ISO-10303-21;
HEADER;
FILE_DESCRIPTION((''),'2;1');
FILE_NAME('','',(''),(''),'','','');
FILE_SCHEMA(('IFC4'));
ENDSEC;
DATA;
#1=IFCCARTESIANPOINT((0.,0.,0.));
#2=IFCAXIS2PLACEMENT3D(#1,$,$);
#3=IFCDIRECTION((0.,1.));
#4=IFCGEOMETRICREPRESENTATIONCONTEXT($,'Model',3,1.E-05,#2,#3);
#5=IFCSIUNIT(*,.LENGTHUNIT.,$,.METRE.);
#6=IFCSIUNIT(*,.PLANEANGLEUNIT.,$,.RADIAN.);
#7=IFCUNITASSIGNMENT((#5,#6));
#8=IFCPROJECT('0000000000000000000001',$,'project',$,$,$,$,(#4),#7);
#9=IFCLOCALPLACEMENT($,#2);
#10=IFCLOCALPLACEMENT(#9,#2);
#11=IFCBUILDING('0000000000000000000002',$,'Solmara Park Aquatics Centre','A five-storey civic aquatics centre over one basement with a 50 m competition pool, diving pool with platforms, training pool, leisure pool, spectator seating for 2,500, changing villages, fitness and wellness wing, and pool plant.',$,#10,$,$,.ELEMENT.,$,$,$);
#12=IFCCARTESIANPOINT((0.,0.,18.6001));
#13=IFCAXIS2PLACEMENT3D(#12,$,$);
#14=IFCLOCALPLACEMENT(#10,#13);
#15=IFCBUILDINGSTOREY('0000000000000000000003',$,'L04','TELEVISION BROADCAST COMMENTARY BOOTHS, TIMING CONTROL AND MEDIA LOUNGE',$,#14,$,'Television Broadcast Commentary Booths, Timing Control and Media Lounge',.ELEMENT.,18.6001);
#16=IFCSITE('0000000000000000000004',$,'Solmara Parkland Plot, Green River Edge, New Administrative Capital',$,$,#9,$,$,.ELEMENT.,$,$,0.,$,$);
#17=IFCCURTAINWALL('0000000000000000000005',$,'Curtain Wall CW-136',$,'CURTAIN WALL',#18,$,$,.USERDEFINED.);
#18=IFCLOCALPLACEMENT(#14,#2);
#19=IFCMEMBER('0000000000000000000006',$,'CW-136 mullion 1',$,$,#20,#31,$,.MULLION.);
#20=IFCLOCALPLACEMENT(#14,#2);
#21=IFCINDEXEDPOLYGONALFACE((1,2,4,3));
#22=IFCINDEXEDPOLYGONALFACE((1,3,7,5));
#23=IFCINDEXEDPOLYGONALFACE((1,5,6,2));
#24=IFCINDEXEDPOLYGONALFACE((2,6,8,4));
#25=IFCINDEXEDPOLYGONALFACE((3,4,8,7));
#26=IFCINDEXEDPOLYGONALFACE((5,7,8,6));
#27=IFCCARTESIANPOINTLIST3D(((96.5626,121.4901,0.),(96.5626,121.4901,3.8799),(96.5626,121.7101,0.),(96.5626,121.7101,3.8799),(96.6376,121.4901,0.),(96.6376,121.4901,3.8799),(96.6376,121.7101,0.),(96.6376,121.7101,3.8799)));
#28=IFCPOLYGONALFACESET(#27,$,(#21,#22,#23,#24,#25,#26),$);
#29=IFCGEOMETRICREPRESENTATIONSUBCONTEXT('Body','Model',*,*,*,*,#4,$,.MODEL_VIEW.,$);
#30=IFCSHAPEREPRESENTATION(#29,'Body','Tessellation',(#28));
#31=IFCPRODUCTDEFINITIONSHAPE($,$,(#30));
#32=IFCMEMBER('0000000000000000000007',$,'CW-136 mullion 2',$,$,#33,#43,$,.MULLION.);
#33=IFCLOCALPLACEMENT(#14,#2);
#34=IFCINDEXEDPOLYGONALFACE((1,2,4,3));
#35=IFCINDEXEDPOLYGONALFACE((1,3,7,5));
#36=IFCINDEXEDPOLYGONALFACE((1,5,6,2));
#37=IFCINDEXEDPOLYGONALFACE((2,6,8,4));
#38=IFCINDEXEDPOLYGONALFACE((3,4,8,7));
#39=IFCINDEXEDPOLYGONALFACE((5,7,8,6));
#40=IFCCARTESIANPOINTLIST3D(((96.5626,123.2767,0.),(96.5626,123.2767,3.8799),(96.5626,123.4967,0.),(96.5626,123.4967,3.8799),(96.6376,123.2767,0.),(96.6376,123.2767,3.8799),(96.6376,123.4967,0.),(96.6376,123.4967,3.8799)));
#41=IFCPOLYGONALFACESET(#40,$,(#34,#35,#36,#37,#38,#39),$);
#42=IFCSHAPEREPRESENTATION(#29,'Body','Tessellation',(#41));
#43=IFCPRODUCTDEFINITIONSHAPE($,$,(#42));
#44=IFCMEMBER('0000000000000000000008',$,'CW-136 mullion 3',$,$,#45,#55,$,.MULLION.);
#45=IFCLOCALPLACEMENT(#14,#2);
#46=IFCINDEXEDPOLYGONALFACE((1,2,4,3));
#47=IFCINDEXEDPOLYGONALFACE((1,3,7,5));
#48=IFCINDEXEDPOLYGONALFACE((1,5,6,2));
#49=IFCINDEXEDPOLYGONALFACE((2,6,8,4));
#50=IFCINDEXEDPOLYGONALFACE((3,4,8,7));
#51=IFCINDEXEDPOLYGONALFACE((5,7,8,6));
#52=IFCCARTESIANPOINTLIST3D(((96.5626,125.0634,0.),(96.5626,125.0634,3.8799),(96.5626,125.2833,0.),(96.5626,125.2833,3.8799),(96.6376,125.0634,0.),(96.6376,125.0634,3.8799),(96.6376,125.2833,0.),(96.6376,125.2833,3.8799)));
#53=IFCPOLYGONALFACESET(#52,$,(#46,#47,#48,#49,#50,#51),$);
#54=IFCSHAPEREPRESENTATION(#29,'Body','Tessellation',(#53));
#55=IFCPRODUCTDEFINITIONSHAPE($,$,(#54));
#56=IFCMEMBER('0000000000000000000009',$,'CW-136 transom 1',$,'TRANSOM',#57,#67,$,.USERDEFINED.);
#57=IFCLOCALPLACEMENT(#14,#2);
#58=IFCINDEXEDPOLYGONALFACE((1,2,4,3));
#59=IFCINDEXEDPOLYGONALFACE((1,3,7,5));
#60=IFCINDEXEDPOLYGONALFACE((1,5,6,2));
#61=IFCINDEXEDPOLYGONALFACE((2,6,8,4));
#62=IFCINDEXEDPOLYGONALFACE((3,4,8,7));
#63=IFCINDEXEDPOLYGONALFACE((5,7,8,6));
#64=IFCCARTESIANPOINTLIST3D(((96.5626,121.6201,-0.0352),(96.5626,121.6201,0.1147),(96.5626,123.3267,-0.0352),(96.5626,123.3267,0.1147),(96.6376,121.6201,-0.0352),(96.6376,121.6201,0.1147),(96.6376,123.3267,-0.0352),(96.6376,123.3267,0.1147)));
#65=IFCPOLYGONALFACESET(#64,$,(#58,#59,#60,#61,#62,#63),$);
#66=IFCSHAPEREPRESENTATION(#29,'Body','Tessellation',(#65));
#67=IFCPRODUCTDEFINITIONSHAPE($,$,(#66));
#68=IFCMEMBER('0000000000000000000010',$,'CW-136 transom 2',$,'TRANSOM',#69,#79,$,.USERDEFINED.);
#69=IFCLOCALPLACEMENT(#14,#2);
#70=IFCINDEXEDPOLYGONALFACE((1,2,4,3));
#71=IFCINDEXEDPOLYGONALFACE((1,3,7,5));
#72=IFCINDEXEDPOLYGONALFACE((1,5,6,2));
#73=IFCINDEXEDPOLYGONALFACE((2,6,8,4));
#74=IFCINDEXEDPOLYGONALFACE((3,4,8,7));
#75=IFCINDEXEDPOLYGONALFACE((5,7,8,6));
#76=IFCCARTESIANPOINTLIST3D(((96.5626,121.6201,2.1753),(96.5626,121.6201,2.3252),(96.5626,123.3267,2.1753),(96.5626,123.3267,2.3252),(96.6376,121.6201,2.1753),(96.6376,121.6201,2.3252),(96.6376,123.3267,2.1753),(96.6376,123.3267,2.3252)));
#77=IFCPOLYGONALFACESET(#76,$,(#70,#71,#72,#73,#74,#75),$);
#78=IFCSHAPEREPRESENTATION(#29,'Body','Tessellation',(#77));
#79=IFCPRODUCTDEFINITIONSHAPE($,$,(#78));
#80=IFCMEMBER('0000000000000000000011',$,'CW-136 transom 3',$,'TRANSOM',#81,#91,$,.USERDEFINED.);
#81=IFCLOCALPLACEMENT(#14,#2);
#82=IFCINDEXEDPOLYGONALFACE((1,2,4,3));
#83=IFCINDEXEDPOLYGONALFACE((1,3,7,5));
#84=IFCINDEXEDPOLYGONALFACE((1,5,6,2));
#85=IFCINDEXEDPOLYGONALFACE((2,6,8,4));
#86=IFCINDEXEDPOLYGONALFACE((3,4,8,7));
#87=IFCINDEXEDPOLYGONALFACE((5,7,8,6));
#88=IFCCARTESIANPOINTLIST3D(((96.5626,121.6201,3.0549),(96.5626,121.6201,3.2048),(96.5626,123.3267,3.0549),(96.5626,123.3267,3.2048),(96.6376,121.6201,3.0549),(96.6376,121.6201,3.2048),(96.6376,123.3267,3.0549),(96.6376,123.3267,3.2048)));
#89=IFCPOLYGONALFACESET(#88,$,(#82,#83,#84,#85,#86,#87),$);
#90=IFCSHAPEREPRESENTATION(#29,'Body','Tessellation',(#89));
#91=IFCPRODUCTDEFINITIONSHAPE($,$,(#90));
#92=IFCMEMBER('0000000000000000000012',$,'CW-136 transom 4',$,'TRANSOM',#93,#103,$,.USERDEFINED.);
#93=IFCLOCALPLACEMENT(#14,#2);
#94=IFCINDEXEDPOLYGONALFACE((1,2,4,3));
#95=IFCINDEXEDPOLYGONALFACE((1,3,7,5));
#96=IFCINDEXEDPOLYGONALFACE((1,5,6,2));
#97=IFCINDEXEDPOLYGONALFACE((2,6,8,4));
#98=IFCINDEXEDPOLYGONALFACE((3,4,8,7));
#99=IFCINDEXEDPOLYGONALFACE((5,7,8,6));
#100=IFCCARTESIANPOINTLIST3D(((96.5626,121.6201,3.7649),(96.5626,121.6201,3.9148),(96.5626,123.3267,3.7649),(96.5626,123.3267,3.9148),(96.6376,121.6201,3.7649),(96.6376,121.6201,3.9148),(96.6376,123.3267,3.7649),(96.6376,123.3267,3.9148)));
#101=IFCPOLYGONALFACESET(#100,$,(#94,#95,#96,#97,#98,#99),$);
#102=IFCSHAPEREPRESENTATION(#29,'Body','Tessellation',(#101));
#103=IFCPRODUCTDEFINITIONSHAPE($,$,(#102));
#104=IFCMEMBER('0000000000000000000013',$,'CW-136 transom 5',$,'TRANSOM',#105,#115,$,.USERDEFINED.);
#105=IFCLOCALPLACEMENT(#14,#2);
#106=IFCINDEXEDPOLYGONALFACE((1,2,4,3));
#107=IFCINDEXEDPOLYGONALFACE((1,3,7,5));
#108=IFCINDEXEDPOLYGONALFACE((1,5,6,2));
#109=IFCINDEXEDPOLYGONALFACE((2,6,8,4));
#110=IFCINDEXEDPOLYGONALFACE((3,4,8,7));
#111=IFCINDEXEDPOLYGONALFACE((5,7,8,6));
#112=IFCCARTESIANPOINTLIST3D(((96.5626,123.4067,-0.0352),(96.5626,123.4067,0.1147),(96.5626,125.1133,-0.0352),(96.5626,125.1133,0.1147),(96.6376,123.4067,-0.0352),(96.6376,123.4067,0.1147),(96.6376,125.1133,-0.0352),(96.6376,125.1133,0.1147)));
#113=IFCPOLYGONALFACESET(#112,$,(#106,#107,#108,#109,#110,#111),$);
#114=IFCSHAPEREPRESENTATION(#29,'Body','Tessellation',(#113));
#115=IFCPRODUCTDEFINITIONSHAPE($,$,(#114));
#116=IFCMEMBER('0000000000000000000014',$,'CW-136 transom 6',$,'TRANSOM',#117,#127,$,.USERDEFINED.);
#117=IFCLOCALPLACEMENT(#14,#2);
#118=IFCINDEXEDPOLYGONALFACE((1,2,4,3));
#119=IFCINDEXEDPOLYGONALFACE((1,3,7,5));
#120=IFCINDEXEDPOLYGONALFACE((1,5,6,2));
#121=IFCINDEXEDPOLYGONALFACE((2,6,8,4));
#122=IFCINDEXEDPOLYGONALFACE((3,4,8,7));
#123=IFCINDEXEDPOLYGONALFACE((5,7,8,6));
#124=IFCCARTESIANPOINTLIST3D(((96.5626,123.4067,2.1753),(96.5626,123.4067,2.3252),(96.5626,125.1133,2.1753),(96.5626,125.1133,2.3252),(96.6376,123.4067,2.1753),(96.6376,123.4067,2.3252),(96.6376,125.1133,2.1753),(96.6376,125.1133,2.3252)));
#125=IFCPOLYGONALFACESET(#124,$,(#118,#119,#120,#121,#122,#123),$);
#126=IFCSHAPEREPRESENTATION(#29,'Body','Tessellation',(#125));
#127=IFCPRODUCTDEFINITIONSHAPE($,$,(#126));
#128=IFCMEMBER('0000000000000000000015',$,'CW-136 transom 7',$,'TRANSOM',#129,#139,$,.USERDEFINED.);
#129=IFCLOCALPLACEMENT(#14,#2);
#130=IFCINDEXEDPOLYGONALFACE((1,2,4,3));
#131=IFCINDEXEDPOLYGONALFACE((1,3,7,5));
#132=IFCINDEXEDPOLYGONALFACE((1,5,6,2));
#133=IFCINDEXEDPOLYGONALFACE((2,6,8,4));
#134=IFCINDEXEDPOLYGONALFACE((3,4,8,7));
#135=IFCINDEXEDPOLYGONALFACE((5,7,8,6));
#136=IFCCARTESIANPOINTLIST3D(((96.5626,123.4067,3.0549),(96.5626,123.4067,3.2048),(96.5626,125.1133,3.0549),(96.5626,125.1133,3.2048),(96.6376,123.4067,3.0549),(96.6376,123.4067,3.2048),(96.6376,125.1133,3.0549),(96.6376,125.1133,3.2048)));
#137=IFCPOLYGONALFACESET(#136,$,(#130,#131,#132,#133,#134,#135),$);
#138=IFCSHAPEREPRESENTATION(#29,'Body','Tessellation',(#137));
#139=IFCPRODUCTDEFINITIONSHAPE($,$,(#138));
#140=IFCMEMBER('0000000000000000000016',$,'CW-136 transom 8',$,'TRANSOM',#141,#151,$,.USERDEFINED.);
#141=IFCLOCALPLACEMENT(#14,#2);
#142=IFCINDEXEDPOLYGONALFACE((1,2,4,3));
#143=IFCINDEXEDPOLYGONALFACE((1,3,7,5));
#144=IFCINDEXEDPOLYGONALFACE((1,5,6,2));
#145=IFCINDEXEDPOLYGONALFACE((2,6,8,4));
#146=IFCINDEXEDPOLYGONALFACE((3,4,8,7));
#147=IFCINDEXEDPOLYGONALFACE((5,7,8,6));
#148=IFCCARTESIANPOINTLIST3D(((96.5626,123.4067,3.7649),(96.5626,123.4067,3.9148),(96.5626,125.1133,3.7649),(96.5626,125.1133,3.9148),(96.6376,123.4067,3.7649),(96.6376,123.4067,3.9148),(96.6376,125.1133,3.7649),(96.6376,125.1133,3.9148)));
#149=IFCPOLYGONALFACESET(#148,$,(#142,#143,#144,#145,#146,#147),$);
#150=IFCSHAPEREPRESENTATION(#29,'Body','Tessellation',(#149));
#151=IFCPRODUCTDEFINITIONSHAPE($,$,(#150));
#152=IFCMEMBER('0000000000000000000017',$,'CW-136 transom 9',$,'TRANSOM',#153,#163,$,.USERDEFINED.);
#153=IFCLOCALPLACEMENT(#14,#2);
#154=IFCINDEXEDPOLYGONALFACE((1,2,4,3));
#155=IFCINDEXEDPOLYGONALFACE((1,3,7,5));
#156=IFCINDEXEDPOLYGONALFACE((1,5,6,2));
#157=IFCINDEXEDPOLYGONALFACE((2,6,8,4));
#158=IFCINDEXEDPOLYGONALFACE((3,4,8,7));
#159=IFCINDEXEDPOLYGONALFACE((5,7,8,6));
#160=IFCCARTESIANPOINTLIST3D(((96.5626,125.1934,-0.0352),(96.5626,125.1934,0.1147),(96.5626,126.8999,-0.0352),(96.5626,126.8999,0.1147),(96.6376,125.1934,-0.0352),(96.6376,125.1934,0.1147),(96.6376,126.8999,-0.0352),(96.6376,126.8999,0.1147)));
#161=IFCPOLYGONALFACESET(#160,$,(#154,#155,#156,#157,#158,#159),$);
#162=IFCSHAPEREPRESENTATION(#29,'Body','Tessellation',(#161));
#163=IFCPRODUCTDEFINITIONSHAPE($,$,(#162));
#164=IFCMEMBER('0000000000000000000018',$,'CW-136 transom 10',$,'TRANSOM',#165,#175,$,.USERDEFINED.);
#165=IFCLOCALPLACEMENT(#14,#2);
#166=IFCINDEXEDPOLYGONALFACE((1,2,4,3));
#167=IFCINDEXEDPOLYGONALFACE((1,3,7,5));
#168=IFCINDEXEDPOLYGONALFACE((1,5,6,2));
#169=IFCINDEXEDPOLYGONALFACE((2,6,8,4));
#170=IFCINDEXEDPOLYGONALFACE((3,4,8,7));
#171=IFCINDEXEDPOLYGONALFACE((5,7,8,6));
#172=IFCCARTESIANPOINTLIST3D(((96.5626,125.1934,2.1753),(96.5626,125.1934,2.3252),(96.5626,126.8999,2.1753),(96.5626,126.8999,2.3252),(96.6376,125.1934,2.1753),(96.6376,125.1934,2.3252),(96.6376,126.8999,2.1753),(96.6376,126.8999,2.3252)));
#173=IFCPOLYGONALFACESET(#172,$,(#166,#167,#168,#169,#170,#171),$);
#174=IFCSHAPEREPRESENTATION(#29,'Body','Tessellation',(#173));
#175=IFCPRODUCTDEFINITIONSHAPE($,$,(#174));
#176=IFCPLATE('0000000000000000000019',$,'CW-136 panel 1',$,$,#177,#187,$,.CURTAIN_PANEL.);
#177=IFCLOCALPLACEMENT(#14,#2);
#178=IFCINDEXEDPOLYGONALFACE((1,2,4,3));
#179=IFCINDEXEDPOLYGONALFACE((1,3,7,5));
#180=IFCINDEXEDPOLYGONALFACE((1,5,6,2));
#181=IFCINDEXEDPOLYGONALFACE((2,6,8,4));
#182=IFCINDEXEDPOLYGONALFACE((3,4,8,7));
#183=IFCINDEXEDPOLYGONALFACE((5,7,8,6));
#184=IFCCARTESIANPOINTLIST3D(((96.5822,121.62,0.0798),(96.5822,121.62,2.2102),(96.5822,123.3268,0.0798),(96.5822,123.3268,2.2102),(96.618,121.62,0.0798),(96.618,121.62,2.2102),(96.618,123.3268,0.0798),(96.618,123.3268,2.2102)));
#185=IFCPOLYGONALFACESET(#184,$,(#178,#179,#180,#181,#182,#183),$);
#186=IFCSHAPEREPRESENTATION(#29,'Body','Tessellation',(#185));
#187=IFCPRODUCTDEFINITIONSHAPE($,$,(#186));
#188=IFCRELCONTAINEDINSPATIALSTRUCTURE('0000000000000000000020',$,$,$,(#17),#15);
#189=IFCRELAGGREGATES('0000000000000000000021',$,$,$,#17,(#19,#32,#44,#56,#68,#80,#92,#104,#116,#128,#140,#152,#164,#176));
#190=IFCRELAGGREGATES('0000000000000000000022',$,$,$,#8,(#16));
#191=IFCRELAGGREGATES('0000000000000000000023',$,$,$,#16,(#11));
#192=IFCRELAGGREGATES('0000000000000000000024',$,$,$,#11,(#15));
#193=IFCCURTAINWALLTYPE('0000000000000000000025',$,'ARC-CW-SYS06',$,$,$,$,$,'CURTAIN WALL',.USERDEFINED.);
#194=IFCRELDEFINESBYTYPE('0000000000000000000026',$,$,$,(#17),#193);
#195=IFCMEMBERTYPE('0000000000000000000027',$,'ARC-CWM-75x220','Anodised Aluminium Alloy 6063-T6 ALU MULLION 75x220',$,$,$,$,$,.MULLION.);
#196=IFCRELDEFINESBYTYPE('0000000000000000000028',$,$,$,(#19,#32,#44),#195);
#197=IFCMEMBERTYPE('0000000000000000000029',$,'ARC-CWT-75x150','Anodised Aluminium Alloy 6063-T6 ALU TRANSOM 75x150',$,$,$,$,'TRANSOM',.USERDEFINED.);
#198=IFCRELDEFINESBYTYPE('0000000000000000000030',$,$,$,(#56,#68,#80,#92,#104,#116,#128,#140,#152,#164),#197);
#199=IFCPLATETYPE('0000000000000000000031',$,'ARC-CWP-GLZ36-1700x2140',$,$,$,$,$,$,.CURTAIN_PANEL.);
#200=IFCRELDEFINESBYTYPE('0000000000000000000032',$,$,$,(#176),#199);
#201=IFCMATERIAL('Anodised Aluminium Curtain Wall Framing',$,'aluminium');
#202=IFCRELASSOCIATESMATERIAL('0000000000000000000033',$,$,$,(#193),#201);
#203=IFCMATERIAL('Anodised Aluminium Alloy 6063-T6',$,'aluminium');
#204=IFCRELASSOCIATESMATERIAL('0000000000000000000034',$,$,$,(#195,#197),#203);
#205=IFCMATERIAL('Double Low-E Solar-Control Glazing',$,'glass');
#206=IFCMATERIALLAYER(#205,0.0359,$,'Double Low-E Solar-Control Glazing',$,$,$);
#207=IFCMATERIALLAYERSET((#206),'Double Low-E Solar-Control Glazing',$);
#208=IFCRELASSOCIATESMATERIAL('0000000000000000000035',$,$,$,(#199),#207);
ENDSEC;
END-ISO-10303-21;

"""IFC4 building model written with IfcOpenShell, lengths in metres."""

from ifc_helpers import new_model, si_unit, direction, frame, origin, origin_2d, place, context, subcontext, project, spatial, rectangle, extrude, material, layer, layer_set, material_profile, profile_set, type_object, element, aggregate, save


model = new_model("IFC4")

# Units and contexts
model_context = context("Model", 3, precision=1e-05, world=origin(), true_north=direction((0.0, 1.0)))
body_context = subcontext(model_context, "Body", "Model", "MODEL_VIEW")
ifc_project = project(units=[si_unit("LENGTHUNIT", "METRE"), si_unit("PLANEANGLEUNIT", "RADIAN")], contexts=[model_context])

# Site, building, storey
site_placement = place(None, origin())
site = spatial("IfcSite", under=ifc_project, at=site_placement, Name="Solmara Parkland Plot, Green River Edge, New Administrative Capital", CompositionType="ELEMENT", RefElevation=0.0)
building_placement = place(site_placement, origin())
building = spatial("IfcBuilding", under=site, at=building_placement, Name="Solmara Park Aquatics Centre", Description="A five-storey civic aquatics centre over one basement with a 50 m competition pool, diving pool with platforms, training pool, leisure pool, spectator seating for 2,500, changing villages, fitness and wellness wing, and pool plant.", CompositionType="ELEMENT")
storey_placement = place(building_placement, frame((0.0, 0.0, 18.6001)))
storey = spatial("IfcBuildingStorey", under=building, at=storey_placement, Name="L04", Description="TELEVISION BROADCAST COMMENTARY BOOTHS, TIMING CONTROL AND MEDIA LOUNGE", LongName="Television Broadcast Commentary Booths, Timing Control and Media Lounge", CompositionType="ELEMENT", Elevation=18.6001)

# Curtain wall, members, plate
ifc_material_1 = material(Name="Anodised Aluminium Curtain Wall Framing", Category="aluminium")
curtain_wall_type = type_object("IfcCurtainWallType", Name="ARC-CW-SYS06", ElementType="CURTAIN WALL", PredefinedType="USERDEFINED", material=ifc_material_1)
curtain_wall_placement = place(storey_placement, origin())
curtain_wall = element("IfcCurtainWall", 1, at=curtain_wall_placement, inside=storey, type_object=curtain_wall_type, Name="Curtain Wall CW-136", ObjectType="CURTAIN WALL", PredefinedType="USERDEFINED")
ifc_material_2 = material(Name="Anodised Aluminium Alloy 6063-T6", Category="aluminium")
ifc_material_profile_1 = material_profile(ifc_material_2, rectangle(XDim=0.075, YDim=0.22, at=origin_2d()), Name="ALU MULLION 75x220")
ifc_profile_set_1 = profile_set([ifc_material_profile_1], Name="Anodised Aluminium Alloy 6063-T6")
member_type_1 = type_object("IfcMemberType", Name="ARC-CWM-75x220", Description="Anodised Aluminium Alloy 6063-T6 ALU MULLION 75x220", PredefinedType="MULLION", material=ifc_profile_set_1)
member_1_placement = place(storey_placement, frame((96.6001, 121.6001, 0.0), z_axis=(0.0, 0.0, 1.0), x_axis=(1.0, 0.0, 0.0)))
member_1 = element("IfcMember", 2, at=member_1_placement, type_object=member_type_1, Name="CW-136 mullion 1", PredefinedType="MULLION", context=body_context, shape_type="SweptSolid", body=[
    extrude(rectangle(XDim=0.075, YDim=0.22, at=origin_2d()), origin(), (0.0, 0.0, 1.0), 3.8799),
])
member_2_placement = place(storey_placement, frame((96.6001, 123.3867, 0.0), z_axis=(0.0, 0.0, 1.0), x_axis=(1.0, 0.0, 0.0)))
member_2 = element("IfcMember", 3, at=member_2_placement, type_object=member_type_1, Name="CW-136 mullion 2", PredefinedType="MULLION", context=body_context, shape_type="SweptSolid", body=[
    extrude(rectangle(XDim=0.075, YDim=0.22, at=origin_2d()), origin(), (0.0, 0.0, 1.0), 3.8799),
])
member_3_placement = place(storey_placement, frame((96.6001, 125.1733, 0.0), z_axis=(0.0, 0.0, 1.0), x_axis=(1.0, 0.0, 0.0)))
member_3 = element("IfcMember", 4, at=member_3_placement, type_object=member_type_1, Name="CW-136 mullion 3", PredefinedType="MULLION", context=body_context, shape_type="SweptSolid", body=[
    extrude(rectangle(XDim=0.075, YDim=0.22, at=origin_2d()), origin(), (0.0, 0.0, 1.0), 3.8799),
])
ifc_material_profile_2 = material_profile(ifc_material_2, rectangle(XDim=0.075, YDim=0.1499, at=origin_2d()), Name="ALU TRANSOM 75x150")
ifc_profile_set_2 = profile_set([ifc_material_profile_2], Name="Anodised Aluminium Alloy 6063-T6")
member_type_2 = type_object("IfcMemberType", Name="ARC-CWT-75x150", Description="Anodised Aluminium Alloy 6063-T6 ALU TRANSOM 75x150", ElementType="TRANSOM", PredefinedType="USERDEFINED", material=ifc_profile_set_2)
member_4_placement = place(storey_placement, frame((96.6001, 121.6201, 0.0398), z_axis=(0.0, 1.0, 0.0), x_axis=(-1.0, 0.0, 0.0)))
member_4 = element("IfcMember", 5, at=member_4_placement, type_object=member_type_2, Name="CW-136 transom 1", ObjectType="TRANSOM", PredefinedType="USERDEFINED", context=body_context, shape_type="SweptSolid", body=[
    extrude(rectangle(XDim=0.075, YDim=0.1499, at=origin_2d()), origin(), (0.0, 0.0, 1.0), 1.7065),
])
member_5_placement = place(storey_placement, frame((96.6001, 121.6201, 2.2502), z_axis=(0.0, 1.0, 0.0), x_axis=(-1.0, 0.0, 0.0)))
member_5 = element("IfcMember", 6, at=member_5_placement, type_object=member_type_2, Name="CW-136 transom 2", ObjectType="TRANSOM", PredefinedType="USERDEFINED", context=body_context, shape_type="SweptSolid", body=[
    extrude(rectangle(XDim=0.075, YDim=0.1499, at=origin_2d()), origin(), (0.0, 0.0, 1.0), 1.7065),
])
member_6_placement = place(storey_placement, frame((96.6001, 121.6201, 3.1299), z_axis=(0.0, 1.0, 0.0), x_axis=(-1.0, 0.0, 0.0)))
member_6 = element("IfcMember", 7, at=member_6_placement, type_object=member_type_2, Name="CW-136 transom 3", ObjectType="TRANSOM", PredefinedType="USERDEFINED", context=body_context, shape_type="SweptSolid", body=[
    extrude(rectangle(XDim=0.075, YDim=0.1499, at=origin_2d()), origin(), (0.0, 0.0, 1.0), 1.7065),
])
member_7_placement = place(storey_placement, frame((96.6001, 121.6201, 3.8398), z_axis=(0.0, 1.0, 0.0), x_axis=(-1.0, 0.0, 0.0)))
member_7 = element("IfcMember", 8, at=member_7_placement, type_object=member_type_2, Name="CW-136 transom 4", ObjectType="TRANSOM", PredefinedType="USERDEFINED", context=body_context, shape_type="SweptSolid", body=[
    extrude(rectangle(XDim=0.075, YDim=0.1499, at=origin_2d()), origin(), (0.0, 0.0, 1.0), 1.7065),
])
member_8_placement = place(storey_placement, frame((96.6001, 123.4067, 0.0398), z_axis=(0.0, 1.0, 0.0), x_axis=(-1.0, 0.0, 0.0)))
member_8 = element("IfcMember", 9, at=member_8_placement, type_object=member_type_2, Name="CW-136 transom 5", ObjectType="TRANSOM", PredefinedType="USERDEFINED", context=body_context, shape_type="SweptSolid", body=[
    extrude(rectangle(XDim=0.075, YDim=0.1499, at=origin_2d()), origin(), (0.0, 0.0, 1.0), 1.7065),
])
member_9_placement = place(storey_placement, frame((96.6001, 123.4067, 2.2502), z_axis=(0.0, 1.0, 0.0), x_axis=(-1.0, 0.0, 0.0)))
member_9 = element("IfcMember", 10, at=member_9_placement, type_object=member_type_2, Name="CW-136 transom 6", ObjectType="TRANSOM", PredefinedType="USERDEFINED", context=body_context, shape_type="SweptSolid", body=[
    extrude(rectangle(XDim=0.075, YDim=0.1499, at=origin_2d()), origin(), (0.0, 0.0, 1.0), 1.7065),
])
member_10_placement = place(storey_placement, frame((96.6001, 123.4067, 3.1299), z_axis=(0.0, 1.0, 0.0), x_axis=(-1.0, 0.0, 0.0)))
member_10 = element("IfcMember", 11, at=member_10_placement, type_object=member_type_2, Name="CW-136 transom 7", ObjectType="TRANSOM", PredefinedType="USERDEFINED", context=body_context, shape_type="SweptSolid", body=[
    extrude(rectangle(XDim=0.075, YDim=0.1499, at=origin_2d()), origin(), (0.0, 0.0, 1.0), 1.7065),
])
member_11_placement = place(storey_placement, frame((96.6001, 123.4067, 3.8398), z_axis=(0.0, 1.0, 0.0), x_axis=(-1.0, 0.0, 0.0)))
member_11 = element("IfcMember", 12, at=member_11_placement, type_object=member_type_2, Name="CW-136 transom 8", ObjectType="TRANSOM", PredefinedType="USERDEFINED", context=body_context, shape_type="SweptSolid", body=[
    extrude(rectangle(XDim=0.075, YDim=0.1499, at=origin_2d()), origin(), (0.0, 0.0, 1.0), 1.7065),
])
member_12_placement = place(storey_placement, frame((96.6001, 125.1934, 0.0398), z_axis=(0.0, 1.0, 0.0), x_axis=(-1.0, 0.0, 0.0)))
member_12 = element("IfcMember", 13, at=member_12_placement, type_object=member_type_2, Name="CW-136 transom 9", ObjectType="TRANSOM", PredefinedType="USERDEFINED", context=body_context, shape_type="SweptSolid", body=[
    extrude(rectangle(XDim=0.075, YDim=0.1499, at=origin_2d()), origin(), (0.0, 0.0, 1.0), 1.7065),
])
member_13_placement = place(storey_placement, frame((96.6001, 125.1934, 2.2502), z_axis=(0.0, 1.0, 0.0), x_axis=(-1.0, 0.0, 0.0)))
member_13 = element("IfcMember", 14, at=member_13_placement, type_object=member_type_2, Name="CW-136 transom 10", ObjectType="TRANSOM", PredefinedType="USERDEFINED", context=body_context, shape_type="SweptSolid", body=[
    extrude(rectangle(XDim=0.075, YDim=0.1499, at=origin_2d()), origin(), (0.0, 0.0, 1.0), 1.7065),
])
ifc_material_3 = material(Name="Double Low-E Solar-Control Glazing", Category="glass")
ifc_layer_1 = layer(ifc_material_3, 0.0359, Name="Double Low-E Solar-Control Glazing")
ifc_layer_set_1 = layer_set([ifc_layer_1], Name="Double Low-E Solar-Control Glazing")
plate_type_1 = type_object("IfcPlateType", Name="ARC-CWP-GLZ36-1700x2140", PredefinedType="CURTAIN_PANEL", material=ifc_layer_set_1)
plate_1_placement = place(storey_placement, frame((96.6001, 122.4734, 0.0798), z_axis=(0.0, 0.0, 1.0), x_axis=(0.0, 1.0, 0.0)))
plate_1 = element("IfcPlate", 15, at=plate_1_placement, type_object=plate_type_1, Name="CW-136 panel 1", PredefinedType="CURTAIN_PANEL", context=body_context, shape_type="SweptSolid", body=[
    extrude(rectangle(XDim=1.7068, YDim=0.0359, at=origin_2d()), origin(), (0.0, 0.0, 1.0), 2.1304),
])
aggregate(curtain_wall, [member_1, member_2, member_3, member_4, member_5, member_6, member_7, member_8, member_9, member_10, member_11, member_12, member_13, plate_1])

save(model, "model.ifc")
